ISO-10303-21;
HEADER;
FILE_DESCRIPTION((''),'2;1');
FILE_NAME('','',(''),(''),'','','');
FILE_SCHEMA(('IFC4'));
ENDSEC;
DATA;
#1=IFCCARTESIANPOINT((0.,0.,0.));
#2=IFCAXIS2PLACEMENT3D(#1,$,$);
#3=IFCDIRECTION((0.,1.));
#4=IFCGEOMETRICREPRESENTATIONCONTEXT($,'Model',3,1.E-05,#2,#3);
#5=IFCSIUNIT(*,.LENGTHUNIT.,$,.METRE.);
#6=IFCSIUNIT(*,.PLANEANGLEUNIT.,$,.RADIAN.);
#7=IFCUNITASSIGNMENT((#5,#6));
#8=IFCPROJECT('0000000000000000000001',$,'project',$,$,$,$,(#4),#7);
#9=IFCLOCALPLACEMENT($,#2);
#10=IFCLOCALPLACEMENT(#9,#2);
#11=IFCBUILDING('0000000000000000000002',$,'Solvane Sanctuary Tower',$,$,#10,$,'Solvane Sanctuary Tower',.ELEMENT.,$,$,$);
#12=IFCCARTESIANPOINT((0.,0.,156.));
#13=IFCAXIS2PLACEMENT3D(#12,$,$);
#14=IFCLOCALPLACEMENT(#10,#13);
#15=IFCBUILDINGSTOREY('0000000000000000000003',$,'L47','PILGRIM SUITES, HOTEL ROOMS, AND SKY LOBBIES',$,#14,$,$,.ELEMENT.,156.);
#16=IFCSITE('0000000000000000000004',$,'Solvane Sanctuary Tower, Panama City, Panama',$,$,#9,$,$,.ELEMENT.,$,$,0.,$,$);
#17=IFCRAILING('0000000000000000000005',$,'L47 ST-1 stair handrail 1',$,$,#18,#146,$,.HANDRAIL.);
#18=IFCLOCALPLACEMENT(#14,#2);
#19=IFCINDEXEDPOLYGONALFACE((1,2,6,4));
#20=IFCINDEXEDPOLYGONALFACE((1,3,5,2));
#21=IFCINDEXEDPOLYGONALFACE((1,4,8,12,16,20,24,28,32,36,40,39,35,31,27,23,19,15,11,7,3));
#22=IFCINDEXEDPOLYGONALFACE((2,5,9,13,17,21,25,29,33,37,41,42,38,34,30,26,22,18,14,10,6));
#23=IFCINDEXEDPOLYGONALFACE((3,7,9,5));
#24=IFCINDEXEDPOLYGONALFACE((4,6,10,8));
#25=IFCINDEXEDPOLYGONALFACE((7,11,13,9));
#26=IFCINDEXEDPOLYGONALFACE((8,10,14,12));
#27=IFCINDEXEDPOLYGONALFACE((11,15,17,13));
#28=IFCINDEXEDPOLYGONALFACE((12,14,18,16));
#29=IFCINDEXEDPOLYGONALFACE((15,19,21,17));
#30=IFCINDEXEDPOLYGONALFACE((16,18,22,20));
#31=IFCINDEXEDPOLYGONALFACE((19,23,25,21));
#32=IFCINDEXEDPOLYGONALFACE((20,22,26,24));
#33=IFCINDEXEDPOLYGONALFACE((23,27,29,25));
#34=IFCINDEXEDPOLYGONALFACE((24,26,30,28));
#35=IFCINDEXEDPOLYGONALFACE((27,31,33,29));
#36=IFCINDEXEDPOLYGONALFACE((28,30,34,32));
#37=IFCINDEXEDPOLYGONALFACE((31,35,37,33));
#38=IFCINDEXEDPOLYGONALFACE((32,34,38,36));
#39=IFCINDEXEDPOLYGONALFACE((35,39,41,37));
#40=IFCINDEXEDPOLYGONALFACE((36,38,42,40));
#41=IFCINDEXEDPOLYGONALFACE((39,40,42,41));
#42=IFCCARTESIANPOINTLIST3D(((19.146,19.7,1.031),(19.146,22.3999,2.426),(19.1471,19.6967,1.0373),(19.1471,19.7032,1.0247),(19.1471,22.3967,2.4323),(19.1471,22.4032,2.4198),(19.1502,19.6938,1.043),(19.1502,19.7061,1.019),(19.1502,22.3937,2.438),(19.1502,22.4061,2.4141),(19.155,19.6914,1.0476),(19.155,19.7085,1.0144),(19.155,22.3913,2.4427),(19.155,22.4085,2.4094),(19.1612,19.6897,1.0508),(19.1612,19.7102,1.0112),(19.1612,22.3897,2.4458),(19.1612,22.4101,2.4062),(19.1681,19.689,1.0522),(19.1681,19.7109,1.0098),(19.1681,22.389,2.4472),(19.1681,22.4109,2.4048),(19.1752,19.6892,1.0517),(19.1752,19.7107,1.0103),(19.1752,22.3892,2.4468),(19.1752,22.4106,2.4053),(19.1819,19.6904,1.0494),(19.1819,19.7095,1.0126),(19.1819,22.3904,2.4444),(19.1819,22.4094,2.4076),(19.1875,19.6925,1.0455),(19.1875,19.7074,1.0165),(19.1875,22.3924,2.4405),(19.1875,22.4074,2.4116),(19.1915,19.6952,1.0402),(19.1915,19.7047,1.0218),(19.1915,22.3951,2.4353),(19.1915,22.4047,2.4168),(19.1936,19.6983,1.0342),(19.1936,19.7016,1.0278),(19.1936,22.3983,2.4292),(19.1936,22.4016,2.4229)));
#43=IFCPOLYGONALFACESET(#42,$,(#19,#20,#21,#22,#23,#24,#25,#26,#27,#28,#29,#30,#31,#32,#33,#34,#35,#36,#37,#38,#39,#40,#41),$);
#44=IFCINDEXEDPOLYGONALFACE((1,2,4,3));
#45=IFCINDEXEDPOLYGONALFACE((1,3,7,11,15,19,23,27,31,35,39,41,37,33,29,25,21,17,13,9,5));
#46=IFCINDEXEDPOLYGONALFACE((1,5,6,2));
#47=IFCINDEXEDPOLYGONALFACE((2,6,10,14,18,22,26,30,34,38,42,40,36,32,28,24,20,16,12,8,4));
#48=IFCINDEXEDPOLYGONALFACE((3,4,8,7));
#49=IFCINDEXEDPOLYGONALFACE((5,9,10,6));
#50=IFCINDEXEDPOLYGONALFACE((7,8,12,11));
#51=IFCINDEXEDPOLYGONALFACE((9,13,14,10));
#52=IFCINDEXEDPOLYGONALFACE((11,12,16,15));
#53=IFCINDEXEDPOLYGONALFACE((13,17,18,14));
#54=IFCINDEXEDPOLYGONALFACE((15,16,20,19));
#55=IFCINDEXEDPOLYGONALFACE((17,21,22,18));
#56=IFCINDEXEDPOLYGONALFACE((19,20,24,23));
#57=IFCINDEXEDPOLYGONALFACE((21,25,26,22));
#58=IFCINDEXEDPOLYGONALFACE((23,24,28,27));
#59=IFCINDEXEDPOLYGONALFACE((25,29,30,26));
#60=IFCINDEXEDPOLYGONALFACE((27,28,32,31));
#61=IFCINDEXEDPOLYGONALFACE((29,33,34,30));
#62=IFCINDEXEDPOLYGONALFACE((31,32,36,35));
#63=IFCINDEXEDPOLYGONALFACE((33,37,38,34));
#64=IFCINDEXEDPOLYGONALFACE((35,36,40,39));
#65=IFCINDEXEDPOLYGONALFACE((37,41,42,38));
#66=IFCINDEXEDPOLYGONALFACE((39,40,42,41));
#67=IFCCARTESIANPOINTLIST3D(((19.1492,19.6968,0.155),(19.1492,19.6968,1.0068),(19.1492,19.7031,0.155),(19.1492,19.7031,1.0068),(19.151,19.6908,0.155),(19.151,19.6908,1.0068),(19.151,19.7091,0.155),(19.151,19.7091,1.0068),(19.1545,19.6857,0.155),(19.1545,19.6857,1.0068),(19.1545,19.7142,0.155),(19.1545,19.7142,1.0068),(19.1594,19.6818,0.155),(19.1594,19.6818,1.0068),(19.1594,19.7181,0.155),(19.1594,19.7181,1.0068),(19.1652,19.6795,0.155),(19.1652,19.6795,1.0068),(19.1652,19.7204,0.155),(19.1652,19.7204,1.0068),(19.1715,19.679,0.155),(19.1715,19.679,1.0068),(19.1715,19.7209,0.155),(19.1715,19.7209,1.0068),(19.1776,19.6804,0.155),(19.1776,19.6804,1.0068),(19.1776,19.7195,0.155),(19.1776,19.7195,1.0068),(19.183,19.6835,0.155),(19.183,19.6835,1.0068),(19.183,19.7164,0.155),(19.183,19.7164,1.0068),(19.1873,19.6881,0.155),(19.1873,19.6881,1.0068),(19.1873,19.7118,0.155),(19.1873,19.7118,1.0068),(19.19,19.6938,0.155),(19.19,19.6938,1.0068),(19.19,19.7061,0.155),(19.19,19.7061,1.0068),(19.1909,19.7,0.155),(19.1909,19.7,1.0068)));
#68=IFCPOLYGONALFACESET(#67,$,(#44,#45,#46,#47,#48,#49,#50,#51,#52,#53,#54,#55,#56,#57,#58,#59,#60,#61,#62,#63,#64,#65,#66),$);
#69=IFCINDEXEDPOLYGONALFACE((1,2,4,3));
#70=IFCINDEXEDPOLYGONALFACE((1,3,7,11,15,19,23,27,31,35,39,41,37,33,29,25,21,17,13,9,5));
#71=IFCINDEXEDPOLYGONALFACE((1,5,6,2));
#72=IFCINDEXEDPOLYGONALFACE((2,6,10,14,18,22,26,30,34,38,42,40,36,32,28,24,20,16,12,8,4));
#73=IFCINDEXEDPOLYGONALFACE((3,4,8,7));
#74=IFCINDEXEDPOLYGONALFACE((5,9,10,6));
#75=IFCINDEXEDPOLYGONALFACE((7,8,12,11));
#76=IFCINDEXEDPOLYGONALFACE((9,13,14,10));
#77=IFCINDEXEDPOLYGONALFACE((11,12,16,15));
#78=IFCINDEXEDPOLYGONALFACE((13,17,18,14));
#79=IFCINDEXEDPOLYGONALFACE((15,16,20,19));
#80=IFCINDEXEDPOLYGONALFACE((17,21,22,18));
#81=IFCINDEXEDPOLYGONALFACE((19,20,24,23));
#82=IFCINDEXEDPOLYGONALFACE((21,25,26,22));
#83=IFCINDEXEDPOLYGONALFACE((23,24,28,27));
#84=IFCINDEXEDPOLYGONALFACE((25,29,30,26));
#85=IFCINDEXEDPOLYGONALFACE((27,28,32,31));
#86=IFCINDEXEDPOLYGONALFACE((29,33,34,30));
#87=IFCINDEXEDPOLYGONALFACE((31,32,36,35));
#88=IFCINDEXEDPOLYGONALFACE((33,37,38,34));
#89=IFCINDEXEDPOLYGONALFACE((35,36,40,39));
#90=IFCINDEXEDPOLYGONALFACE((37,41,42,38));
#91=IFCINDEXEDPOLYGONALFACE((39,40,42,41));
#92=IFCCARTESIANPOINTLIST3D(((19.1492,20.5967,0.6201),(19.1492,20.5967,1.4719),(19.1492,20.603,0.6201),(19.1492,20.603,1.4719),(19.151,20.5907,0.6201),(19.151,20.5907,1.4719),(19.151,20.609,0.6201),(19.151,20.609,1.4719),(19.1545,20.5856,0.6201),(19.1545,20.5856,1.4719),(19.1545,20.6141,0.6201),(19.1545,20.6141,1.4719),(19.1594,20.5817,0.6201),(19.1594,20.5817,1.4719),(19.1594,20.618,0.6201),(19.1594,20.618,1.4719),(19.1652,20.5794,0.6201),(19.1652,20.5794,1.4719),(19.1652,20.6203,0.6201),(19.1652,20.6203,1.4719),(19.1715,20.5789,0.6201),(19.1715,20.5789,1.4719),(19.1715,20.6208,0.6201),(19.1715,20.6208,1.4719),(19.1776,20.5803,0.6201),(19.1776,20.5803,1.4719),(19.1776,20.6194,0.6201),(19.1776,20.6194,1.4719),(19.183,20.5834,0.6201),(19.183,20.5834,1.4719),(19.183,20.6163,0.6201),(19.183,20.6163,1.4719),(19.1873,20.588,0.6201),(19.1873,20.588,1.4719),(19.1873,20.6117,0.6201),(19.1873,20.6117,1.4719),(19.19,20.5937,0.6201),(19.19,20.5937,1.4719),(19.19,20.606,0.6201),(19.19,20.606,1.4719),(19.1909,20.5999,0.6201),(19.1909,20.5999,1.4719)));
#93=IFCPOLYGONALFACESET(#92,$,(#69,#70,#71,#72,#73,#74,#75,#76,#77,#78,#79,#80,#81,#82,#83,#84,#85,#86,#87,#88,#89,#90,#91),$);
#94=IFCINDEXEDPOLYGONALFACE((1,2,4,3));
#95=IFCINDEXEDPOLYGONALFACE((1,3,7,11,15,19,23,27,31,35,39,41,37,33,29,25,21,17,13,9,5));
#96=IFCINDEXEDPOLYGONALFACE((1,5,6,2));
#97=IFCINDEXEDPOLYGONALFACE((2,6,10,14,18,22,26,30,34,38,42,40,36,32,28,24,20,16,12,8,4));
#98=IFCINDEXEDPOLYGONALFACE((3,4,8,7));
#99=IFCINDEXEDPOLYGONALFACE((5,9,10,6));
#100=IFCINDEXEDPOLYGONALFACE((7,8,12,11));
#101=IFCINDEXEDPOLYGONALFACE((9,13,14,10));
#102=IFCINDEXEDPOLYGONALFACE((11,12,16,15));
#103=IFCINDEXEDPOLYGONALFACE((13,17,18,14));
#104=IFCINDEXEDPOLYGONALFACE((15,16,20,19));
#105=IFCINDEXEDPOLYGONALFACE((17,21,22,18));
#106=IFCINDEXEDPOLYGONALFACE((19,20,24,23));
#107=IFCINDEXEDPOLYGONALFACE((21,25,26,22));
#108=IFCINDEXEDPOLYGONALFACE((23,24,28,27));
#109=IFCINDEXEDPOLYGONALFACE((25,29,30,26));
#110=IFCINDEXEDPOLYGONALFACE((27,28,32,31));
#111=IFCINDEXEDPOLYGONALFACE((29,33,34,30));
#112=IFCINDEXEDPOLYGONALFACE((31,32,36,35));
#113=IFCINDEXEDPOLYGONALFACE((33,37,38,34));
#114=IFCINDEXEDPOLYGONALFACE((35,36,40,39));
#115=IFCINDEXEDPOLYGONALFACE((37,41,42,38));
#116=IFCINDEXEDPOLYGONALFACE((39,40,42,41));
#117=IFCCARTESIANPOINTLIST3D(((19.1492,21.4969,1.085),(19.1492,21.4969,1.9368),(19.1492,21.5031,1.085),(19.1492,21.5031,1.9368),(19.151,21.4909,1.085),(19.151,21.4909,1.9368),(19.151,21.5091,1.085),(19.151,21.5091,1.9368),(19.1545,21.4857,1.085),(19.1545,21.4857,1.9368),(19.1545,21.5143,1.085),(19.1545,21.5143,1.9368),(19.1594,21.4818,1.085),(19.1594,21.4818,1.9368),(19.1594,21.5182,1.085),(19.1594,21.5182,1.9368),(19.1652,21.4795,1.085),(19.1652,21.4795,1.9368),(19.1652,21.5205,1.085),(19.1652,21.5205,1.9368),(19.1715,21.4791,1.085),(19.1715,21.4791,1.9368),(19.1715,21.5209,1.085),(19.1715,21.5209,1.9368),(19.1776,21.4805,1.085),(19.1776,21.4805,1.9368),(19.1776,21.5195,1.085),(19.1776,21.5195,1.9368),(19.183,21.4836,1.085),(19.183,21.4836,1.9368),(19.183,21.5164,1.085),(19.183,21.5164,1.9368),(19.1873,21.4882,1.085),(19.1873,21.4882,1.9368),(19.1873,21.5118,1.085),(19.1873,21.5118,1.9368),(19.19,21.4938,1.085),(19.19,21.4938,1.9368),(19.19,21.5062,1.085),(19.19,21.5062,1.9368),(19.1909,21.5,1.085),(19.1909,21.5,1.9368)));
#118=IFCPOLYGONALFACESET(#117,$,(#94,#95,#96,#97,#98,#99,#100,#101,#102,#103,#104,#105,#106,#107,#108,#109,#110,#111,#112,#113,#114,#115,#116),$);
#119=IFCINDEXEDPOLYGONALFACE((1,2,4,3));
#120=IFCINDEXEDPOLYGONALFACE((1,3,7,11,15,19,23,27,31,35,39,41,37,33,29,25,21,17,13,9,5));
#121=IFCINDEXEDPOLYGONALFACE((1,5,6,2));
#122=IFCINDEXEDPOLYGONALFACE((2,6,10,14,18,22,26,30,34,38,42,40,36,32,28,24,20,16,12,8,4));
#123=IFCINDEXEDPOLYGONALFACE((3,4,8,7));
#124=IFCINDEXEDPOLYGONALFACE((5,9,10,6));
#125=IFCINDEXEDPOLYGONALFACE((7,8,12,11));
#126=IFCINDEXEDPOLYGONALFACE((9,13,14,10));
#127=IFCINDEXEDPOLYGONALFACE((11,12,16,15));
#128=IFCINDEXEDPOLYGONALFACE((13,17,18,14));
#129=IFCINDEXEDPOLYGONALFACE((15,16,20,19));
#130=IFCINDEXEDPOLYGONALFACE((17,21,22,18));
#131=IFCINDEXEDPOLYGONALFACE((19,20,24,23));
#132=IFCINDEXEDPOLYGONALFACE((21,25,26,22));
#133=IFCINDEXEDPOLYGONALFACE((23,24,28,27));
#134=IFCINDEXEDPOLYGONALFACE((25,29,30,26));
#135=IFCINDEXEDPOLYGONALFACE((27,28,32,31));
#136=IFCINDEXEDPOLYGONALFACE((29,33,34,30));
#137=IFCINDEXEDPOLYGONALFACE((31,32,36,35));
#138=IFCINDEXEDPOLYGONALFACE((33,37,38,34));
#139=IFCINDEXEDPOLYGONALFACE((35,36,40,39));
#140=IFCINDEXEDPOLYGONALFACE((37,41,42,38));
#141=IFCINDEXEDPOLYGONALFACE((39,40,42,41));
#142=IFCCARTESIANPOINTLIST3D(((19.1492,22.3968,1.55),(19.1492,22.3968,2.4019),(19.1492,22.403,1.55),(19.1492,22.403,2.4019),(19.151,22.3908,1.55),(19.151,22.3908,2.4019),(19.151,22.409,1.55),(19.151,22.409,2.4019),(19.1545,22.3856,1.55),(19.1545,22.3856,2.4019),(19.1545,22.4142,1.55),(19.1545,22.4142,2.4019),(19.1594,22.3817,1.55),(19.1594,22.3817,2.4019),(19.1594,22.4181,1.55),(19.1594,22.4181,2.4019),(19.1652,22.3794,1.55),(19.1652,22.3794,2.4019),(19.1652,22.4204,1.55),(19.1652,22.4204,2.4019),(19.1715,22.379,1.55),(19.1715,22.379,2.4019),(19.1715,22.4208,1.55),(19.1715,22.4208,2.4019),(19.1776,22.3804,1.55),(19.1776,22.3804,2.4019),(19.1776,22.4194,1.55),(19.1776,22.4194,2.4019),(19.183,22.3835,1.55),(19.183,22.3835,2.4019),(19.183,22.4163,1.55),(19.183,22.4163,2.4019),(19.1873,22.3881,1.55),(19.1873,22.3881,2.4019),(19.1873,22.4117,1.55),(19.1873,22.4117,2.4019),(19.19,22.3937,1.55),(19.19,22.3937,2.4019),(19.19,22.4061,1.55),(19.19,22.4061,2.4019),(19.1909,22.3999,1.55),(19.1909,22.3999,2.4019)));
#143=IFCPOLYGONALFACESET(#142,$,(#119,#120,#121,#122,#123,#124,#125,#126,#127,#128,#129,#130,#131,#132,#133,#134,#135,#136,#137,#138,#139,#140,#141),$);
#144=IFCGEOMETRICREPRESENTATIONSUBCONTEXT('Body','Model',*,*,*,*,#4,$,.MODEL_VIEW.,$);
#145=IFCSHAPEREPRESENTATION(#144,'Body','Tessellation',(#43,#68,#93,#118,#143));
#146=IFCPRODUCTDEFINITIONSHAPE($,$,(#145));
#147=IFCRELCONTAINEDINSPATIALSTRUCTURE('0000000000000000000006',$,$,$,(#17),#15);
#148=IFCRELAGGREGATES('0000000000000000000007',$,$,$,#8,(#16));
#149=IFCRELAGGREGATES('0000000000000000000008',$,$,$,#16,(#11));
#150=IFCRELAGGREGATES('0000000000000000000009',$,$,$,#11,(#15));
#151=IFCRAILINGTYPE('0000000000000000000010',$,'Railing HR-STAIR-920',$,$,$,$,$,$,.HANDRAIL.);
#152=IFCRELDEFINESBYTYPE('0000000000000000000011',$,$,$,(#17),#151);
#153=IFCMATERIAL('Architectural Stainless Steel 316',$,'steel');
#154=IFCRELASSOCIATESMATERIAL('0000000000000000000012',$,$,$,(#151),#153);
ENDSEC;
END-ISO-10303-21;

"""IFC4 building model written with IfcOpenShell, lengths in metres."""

from ifc_helpers import new_model, si_unit, direction, frame, origin, origin_2d, place, context, subcontext, project, spatial, circle, extrude, material, type_object, element, save


model = new_model("IFC4")

# Units and contexts
model_context = context("Model", 3, precision=1e-05, world=origin(), true_north=direction((0.0, 1.0)))
body_context = subcontext(model_context, "Body", "Model", "MODEL_VIEW")
ifc_project = project(units=[si_unit("LENGTHUNIT", "METRE"), si_unit("PLANEANGLEUNIT", "RADIAN")], contexts=[model_context])

# Site, building, storey
site_placement = place(None, origin())
site = spatial("IfcSite", under=ifc_project, at=site_placement, Name="Solvane Sanctuary Tower, Panama City, Panama", CompositionType="ELEMENT", RefElevation=0.0)
building_placement = place(site_placement, origin())
building = spatial("IfcBuilding", under=site, at=building_placement, Name="Solvane Sanctuary Tower", LongName="Solvane Sanctuary Tower", CompositionType="ELEMENT")
storey_placement = place(building_placement, frame((0.0, 0.0, 156.0)))
storey = spatial("IfcBuildingStorey", under=building, at=storey_placement, Name="L47", Description="PILGRIM SUITES, HOTEL ROOMS, AND SKY LOBBIES", CompositionType="ELEMENT", Elevation=156.0)

# Shared definitions
ifc_material_1 = material(Name="Architectural Stainless Steel 316", Category="steel")

# Railing
railing_type_1 = type_object("IfcRailingType", Name="Railing HR-STAIR-920", PredefinedType="HANDRAIL", material=ifc_material_1)
railing_1_placement = place(storey_placement, frame((19.1699, 19.7, 0.155)))
element("IfcRailing", 1, at=railing_1_placement, inside=storey, type_object=railing_type_1, Name="L47 ST-1 stair handrail 1", PredefinedType="HANDRAIL", context=body_context, shape_type="SweptSolid", body=[
    extrude(circle(Radius=0.0239, at=origin_2d()), frame((0.0, 0.0, 0.876), z_axis=(0.0, 0.88842, 0.459032), x_axis=(-1.0, 0.0, 0.0)), (0.0, 0.0, 1.0), 3.0391),
    extrude(circle(Radius=0.021, at=origin_2d()), origin(), (0.0, 0.0, 1.0), 0.8518),
    extrude(circle(Radius=0.021, at=origin_2d()), frame((0.0, 0.8999, 0.4651)), (0.0, 0.0, 1.0), 0.8518),
    extrude(circle(Radius=0.021, at=origin_2d()), frame((0.0, 1.8, 0.9299)), (0.0, 0.0, 1.0), 0.8518),
    extrude(circle(Radius=0.021, at=origin_2d()), frame((0.0, 2.7, 1.395)), (0.0, 0.0, 1.0), 0.8518),
])

save(model, "model.ifc")
